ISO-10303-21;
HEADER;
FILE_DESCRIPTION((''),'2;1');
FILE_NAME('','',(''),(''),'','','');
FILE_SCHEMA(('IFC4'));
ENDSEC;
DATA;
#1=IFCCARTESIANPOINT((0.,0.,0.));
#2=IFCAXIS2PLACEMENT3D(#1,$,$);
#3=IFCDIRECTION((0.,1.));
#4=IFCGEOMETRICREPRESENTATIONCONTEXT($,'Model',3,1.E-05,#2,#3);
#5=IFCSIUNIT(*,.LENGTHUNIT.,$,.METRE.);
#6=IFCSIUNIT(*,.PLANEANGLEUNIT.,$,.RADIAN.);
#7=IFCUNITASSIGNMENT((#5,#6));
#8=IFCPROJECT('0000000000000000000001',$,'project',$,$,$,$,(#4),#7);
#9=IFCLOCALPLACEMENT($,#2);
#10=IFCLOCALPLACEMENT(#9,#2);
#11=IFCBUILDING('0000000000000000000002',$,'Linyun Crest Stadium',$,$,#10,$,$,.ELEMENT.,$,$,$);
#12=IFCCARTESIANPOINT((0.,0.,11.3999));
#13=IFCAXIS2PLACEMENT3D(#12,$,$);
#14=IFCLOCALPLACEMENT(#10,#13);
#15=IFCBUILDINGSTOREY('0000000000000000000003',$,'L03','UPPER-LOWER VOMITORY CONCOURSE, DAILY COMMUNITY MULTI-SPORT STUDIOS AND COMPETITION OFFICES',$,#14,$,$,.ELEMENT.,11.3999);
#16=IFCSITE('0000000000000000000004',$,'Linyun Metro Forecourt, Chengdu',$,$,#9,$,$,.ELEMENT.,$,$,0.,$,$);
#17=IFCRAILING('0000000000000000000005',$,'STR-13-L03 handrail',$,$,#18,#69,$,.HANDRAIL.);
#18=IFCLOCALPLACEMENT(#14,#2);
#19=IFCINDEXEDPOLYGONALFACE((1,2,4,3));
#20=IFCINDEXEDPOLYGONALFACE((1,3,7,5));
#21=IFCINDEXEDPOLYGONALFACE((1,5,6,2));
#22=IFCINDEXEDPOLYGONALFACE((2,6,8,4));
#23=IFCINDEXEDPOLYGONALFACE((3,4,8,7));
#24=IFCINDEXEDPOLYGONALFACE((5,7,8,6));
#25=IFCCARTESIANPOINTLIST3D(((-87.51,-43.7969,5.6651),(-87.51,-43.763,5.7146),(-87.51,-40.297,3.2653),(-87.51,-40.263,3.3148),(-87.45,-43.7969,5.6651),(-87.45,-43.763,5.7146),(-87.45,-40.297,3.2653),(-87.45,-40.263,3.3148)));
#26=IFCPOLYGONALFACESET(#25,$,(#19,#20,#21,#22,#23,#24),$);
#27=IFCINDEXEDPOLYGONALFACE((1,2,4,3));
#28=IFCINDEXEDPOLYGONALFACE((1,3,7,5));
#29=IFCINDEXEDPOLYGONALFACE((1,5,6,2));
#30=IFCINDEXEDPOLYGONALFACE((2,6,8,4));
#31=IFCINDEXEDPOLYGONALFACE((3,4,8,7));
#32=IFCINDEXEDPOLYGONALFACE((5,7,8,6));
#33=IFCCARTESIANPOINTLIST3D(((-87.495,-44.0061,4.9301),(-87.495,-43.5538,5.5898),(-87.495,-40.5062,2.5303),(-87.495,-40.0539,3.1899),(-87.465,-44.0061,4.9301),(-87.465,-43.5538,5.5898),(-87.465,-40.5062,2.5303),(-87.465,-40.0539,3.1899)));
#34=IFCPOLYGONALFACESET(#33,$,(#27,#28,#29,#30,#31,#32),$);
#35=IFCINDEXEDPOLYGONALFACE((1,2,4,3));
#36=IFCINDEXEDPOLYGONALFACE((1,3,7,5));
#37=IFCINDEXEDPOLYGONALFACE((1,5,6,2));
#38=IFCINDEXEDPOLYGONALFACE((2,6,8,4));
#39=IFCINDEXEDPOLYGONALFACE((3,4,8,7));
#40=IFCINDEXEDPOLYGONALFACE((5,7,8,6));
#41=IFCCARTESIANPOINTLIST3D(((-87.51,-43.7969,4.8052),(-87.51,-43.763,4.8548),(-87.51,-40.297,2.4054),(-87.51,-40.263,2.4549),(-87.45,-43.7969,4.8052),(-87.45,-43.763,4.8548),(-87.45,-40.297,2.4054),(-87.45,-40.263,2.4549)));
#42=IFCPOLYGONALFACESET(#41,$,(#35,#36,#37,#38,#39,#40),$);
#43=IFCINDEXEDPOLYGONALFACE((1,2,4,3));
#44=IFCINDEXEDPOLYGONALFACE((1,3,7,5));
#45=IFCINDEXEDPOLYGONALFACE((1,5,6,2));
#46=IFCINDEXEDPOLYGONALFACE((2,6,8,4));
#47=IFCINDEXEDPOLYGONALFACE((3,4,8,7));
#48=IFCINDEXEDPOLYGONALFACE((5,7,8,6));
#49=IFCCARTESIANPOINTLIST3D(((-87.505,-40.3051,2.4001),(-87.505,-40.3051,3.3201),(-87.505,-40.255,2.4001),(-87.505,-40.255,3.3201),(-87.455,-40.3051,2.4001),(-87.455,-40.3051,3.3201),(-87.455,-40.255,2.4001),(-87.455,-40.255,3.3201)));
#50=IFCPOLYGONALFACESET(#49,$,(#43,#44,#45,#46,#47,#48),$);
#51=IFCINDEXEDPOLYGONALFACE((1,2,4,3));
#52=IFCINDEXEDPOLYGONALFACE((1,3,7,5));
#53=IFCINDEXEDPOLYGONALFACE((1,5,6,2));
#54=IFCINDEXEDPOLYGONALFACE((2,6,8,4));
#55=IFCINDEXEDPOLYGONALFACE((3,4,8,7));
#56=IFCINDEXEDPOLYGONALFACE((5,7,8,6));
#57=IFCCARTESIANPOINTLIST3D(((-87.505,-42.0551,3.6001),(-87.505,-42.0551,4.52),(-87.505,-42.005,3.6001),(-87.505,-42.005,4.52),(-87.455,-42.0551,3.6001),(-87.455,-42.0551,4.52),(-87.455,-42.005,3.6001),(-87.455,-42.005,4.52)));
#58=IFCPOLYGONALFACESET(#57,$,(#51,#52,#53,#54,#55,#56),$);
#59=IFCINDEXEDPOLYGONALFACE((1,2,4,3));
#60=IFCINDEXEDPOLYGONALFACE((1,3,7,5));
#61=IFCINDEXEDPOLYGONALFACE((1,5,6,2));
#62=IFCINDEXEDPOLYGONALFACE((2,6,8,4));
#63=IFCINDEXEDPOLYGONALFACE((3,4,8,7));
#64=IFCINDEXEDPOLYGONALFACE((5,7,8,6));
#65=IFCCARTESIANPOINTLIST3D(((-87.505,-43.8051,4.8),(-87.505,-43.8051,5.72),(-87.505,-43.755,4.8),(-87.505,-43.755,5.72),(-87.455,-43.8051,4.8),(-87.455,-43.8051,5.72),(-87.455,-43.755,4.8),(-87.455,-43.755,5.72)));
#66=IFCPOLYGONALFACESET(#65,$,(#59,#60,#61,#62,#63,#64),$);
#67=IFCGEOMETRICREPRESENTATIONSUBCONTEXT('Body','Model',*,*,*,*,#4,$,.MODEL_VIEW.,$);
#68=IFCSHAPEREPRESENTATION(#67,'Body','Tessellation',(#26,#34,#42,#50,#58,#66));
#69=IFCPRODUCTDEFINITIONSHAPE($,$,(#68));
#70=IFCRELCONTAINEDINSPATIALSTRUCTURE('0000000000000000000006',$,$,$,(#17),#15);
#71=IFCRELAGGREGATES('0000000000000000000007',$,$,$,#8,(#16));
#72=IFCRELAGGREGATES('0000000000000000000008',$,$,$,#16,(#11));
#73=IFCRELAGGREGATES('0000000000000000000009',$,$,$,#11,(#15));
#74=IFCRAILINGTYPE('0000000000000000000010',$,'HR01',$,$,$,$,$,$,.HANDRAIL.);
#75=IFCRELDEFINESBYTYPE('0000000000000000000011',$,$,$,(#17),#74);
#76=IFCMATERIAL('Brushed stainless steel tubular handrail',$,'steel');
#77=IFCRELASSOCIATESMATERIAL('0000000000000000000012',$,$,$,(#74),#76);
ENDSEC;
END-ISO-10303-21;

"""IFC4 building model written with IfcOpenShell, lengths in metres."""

from ifc_helpers import new_model, si_unit, direction, frame, origin, origin_2d, place, context, subcontext, project, spatial, rectangle, extrude, material, type_object, element, save


model = new_model("IFC4")

# Units and contexts
model_context = context("Model", 3, precision=1e-05, world=origin(), true_north=direction((0.0, 1.0)))
body_context = subcontext(model_context, "Body", "Model", "MODEL_VIEW")
ifc_project = project(units=[si_unit("LENGTHUNIT", "METRE"), si_unit("PLANEANGLEUNIT", "RADIAN")], contexts=[model_context])

# Site, building, storey
site_placement = place(None, origin())
site = spatial("IfcSite", under=ifc_project, at=site_placement, Name="Linyun Metro Forecourt, Chengdu", CompositionType="ELEMENT", RefElevation=0.0)
building_placement = place(site_placement, origin())
building = spatial("IfcBuilding", under=site, at=building_placement, Name="Linyun Crest Stadium", CompositionType="ELEMENT")
storey_placement = place(building_placement, frame((0.0, 0.0, 11.3999)))
storey = spatial("IfcBuildingStorey", under=building, at=storey_placement, Name="L03", Description="UPPER-LOWER VOMITORY CONCOURSE, DAILY COMMUNITY MULTI-SPORT STUDIOS AND COMPETITION OFFICES", CompositionType="ELEMENT", Elevation=11.3999)

# Railing
ifc_material_1 = material(Name="Brushed stainless steel tubular handrail", Category="steel")
railing_type_1 = type_object("IfcRailingType", Name="HR01", PredefinedType="HANDRAIL", material=ifc_material_1)
railing_1_placement = place(storey_placement, frame((-87.48, -40.28, 2.4001)))
element("IfcRailing", 1, at=railing_1_placement, inside=storey, type_object=railing_type_1, Name="STR-13-L03 handrail", PredefinedType="HANDRAIL", context=body_context, shape_type="SweptSolid", body=[
    extrude(rectangle(XDim=0.0601, YDim=0.0601, at=origin_2d()), frame((0.0, 0.0, 0.8899), z_axis=(0.0, -0.82474, 0.565513), x_axis=(1.0, 0.0, 0.0)), (0.0, 0.0, 1.0), 4.2437),
    extrude(rectangle(XDim=0.03, YDim=0.7998, at=origin_2d()), frame((0.0, 0.0, 0.46), z_axis=(0.0, -0.82474, 0.565513), x_axis=(1.0, 0.0, 0.0)), (0.0, 0.0, 1.0), 4.2437),
    extrude(rectangle(XDim=0.0601, YDim=0.0601, at=origin_2d()), frame((0.0, 0.0, 0.03), z_axis=(0.0, -0.82474, 0.565513), x_axis=(1.0, 0.0, 0.0)), (0.0, 0.0, 1.0), 4.2437),
    extrude(rectangle(XDim=0.05, YDim=0.05, at=origin_2d()), origin(), (0.0, 0.0, 1.0), 0.9199),
    extrude(rectangle(XDim=0.05, YDim=0.05, at=origin_2d()), frame((0.0, -1.75, 1.2)), (0.0, 0.0, 1.0), 0.9199),
    extrude(rectangle(XDim=0.05, YDim=0.05, at=origin_2d()), frame((0.0, -3.5, 2.3999)), (0.0, 0.0, 1.0), 0.9199),
])

save(model, "model.ifc")
